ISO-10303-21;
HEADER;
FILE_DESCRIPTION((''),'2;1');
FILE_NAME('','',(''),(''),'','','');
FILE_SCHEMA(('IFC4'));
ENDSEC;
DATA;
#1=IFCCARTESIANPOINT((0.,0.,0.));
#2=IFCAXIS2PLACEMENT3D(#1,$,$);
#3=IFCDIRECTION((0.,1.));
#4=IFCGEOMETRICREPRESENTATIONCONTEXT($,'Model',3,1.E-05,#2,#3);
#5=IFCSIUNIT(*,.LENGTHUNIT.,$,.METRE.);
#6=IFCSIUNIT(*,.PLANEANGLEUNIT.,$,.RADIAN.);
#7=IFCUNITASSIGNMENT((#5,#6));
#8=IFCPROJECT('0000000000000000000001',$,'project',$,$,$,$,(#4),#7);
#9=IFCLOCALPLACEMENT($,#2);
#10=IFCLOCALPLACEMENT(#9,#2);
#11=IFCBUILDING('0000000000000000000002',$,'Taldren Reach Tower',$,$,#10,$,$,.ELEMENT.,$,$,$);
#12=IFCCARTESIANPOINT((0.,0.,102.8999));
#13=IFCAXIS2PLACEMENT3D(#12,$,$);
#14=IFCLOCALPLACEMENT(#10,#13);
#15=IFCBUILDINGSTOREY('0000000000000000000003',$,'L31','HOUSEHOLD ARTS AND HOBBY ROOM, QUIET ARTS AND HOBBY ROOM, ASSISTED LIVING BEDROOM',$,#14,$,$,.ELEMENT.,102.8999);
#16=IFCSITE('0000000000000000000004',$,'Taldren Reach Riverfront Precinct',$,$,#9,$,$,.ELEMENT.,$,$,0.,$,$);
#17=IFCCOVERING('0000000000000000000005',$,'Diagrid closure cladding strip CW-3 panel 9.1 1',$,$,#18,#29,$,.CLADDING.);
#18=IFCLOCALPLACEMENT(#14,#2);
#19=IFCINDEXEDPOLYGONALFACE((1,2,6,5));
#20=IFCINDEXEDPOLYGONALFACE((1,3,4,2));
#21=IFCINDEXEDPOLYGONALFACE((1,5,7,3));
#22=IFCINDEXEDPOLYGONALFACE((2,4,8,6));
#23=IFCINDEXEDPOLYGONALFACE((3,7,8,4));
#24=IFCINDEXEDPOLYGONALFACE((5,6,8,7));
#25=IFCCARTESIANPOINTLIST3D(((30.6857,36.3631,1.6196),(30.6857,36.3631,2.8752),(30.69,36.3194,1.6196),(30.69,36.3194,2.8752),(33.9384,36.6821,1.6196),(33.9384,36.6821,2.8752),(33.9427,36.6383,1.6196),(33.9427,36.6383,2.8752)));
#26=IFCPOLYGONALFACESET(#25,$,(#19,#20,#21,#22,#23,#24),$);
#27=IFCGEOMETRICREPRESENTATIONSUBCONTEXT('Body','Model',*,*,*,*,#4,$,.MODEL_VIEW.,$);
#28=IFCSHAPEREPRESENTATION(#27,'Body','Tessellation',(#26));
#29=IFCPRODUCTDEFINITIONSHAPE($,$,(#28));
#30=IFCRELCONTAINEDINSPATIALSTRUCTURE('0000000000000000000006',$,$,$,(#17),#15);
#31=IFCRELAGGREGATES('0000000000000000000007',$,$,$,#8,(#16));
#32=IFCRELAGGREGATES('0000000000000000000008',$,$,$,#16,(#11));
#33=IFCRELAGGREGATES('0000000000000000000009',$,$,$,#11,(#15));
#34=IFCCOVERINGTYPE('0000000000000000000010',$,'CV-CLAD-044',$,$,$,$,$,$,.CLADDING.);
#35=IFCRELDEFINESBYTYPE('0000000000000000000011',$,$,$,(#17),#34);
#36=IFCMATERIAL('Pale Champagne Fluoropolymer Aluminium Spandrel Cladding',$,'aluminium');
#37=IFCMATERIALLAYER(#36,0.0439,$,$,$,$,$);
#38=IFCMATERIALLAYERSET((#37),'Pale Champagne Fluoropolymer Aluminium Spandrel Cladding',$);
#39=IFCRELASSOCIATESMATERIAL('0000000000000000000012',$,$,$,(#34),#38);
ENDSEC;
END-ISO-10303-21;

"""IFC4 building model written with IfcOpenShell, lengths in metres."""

from ifc_helpers import new_model, si_unit, direction, frame, origin, origin_2d, place, context, subcontext, project, spatial, rectangle, extrude, source, transform, mapped, material, layer, layer_set, type_object, element, save


model = new_model("IFC4")

# Units and contexts
model_context = context("Model", 3, precision=1e-05, world=origin(), true_north=direction((0.0, 1.0)))
body_context = subcontext(model_context, "Body", "Model", "MODEL_VIEW")
ifc_project = project(units=[si_unit("LENGTHUNIT", "METRE"), si_unit("PLANEANGLEUNIT", "RADIAN")], contexts=[model_context])

# Site, building, storey
site_placement = place(None, origin())
site = spatial("IfcSite", under=ifc_project, at=site_placement, Name="Taldren Reach Riverfront Precinct", CompositionType="ELEMENT", RefElevation=0.0)
building_placement = place(site_placement, origin())
building = spatial("IfcBuilding", under=site, at=building_placement, Name="Taldren Reach Tower", CompositionType="ELEMENT")
storey_placement = place(building_placement, frame((0.0, 0.0, 102.8999)))
storey = spatial("IfcBuildingStorey", under=building, at=storey_placement, Name="L31", Description="HOUSEHOLD ARTS AND HOBBY ROOM, QUIET ARTS AND HOBBY ROOM, ASSISTED LIVING BEDROOM", CompositionType="ELEMENT", Elevation=102.8999)

# Covering
ifc_material_1 = material(Name="Pale Champagne Fluoropolymer Aluminium Spandrel Cladding", Category="aluminium")
ifc_layer_1 = layer(ifc_material_1, 0.0439)
ifc_layer_set_1 = layer_set([ifc_layer_1], Name="Pale Champagne Fluoropolymer Aluminium Spandrel Cladding")
covering_type = type_object("IfcCoveringType", Name="CV-CLAD-044", PredefinedType="CLADDING", material=ifc_layer_set_1)
shared_shape_1 = source(origin(), body_context, "Body", "SweptSolid", [
    extrude(rectangle(XDim=3.2683, YDim=0.0439, at=origin_2d()), origin(), (0.0, 0.0, 1.0), 1.2556),
])
covering_1_placement = place(storey_placement, frame((32.3142, 36.5007, 1.6196), z_axis=(0.0, 0.0, 1.0), x_axis=(-0.995227, -0.097583, 0.0)))
element("IfcCovering", 1, at=covering_1_placement, inside=storey, type_object=covering_type, Name="Diagrid closure cladding strip CW-3 panel 9.1 1", PredefinedType="CLADDING", context=body_context, shape_type="MappedRepresentation", body=[
    mapped(shared_shape_1, transform((0.0, 0.0, 0.0), scale=1.0)),
])

save(model, "model.ifc")
